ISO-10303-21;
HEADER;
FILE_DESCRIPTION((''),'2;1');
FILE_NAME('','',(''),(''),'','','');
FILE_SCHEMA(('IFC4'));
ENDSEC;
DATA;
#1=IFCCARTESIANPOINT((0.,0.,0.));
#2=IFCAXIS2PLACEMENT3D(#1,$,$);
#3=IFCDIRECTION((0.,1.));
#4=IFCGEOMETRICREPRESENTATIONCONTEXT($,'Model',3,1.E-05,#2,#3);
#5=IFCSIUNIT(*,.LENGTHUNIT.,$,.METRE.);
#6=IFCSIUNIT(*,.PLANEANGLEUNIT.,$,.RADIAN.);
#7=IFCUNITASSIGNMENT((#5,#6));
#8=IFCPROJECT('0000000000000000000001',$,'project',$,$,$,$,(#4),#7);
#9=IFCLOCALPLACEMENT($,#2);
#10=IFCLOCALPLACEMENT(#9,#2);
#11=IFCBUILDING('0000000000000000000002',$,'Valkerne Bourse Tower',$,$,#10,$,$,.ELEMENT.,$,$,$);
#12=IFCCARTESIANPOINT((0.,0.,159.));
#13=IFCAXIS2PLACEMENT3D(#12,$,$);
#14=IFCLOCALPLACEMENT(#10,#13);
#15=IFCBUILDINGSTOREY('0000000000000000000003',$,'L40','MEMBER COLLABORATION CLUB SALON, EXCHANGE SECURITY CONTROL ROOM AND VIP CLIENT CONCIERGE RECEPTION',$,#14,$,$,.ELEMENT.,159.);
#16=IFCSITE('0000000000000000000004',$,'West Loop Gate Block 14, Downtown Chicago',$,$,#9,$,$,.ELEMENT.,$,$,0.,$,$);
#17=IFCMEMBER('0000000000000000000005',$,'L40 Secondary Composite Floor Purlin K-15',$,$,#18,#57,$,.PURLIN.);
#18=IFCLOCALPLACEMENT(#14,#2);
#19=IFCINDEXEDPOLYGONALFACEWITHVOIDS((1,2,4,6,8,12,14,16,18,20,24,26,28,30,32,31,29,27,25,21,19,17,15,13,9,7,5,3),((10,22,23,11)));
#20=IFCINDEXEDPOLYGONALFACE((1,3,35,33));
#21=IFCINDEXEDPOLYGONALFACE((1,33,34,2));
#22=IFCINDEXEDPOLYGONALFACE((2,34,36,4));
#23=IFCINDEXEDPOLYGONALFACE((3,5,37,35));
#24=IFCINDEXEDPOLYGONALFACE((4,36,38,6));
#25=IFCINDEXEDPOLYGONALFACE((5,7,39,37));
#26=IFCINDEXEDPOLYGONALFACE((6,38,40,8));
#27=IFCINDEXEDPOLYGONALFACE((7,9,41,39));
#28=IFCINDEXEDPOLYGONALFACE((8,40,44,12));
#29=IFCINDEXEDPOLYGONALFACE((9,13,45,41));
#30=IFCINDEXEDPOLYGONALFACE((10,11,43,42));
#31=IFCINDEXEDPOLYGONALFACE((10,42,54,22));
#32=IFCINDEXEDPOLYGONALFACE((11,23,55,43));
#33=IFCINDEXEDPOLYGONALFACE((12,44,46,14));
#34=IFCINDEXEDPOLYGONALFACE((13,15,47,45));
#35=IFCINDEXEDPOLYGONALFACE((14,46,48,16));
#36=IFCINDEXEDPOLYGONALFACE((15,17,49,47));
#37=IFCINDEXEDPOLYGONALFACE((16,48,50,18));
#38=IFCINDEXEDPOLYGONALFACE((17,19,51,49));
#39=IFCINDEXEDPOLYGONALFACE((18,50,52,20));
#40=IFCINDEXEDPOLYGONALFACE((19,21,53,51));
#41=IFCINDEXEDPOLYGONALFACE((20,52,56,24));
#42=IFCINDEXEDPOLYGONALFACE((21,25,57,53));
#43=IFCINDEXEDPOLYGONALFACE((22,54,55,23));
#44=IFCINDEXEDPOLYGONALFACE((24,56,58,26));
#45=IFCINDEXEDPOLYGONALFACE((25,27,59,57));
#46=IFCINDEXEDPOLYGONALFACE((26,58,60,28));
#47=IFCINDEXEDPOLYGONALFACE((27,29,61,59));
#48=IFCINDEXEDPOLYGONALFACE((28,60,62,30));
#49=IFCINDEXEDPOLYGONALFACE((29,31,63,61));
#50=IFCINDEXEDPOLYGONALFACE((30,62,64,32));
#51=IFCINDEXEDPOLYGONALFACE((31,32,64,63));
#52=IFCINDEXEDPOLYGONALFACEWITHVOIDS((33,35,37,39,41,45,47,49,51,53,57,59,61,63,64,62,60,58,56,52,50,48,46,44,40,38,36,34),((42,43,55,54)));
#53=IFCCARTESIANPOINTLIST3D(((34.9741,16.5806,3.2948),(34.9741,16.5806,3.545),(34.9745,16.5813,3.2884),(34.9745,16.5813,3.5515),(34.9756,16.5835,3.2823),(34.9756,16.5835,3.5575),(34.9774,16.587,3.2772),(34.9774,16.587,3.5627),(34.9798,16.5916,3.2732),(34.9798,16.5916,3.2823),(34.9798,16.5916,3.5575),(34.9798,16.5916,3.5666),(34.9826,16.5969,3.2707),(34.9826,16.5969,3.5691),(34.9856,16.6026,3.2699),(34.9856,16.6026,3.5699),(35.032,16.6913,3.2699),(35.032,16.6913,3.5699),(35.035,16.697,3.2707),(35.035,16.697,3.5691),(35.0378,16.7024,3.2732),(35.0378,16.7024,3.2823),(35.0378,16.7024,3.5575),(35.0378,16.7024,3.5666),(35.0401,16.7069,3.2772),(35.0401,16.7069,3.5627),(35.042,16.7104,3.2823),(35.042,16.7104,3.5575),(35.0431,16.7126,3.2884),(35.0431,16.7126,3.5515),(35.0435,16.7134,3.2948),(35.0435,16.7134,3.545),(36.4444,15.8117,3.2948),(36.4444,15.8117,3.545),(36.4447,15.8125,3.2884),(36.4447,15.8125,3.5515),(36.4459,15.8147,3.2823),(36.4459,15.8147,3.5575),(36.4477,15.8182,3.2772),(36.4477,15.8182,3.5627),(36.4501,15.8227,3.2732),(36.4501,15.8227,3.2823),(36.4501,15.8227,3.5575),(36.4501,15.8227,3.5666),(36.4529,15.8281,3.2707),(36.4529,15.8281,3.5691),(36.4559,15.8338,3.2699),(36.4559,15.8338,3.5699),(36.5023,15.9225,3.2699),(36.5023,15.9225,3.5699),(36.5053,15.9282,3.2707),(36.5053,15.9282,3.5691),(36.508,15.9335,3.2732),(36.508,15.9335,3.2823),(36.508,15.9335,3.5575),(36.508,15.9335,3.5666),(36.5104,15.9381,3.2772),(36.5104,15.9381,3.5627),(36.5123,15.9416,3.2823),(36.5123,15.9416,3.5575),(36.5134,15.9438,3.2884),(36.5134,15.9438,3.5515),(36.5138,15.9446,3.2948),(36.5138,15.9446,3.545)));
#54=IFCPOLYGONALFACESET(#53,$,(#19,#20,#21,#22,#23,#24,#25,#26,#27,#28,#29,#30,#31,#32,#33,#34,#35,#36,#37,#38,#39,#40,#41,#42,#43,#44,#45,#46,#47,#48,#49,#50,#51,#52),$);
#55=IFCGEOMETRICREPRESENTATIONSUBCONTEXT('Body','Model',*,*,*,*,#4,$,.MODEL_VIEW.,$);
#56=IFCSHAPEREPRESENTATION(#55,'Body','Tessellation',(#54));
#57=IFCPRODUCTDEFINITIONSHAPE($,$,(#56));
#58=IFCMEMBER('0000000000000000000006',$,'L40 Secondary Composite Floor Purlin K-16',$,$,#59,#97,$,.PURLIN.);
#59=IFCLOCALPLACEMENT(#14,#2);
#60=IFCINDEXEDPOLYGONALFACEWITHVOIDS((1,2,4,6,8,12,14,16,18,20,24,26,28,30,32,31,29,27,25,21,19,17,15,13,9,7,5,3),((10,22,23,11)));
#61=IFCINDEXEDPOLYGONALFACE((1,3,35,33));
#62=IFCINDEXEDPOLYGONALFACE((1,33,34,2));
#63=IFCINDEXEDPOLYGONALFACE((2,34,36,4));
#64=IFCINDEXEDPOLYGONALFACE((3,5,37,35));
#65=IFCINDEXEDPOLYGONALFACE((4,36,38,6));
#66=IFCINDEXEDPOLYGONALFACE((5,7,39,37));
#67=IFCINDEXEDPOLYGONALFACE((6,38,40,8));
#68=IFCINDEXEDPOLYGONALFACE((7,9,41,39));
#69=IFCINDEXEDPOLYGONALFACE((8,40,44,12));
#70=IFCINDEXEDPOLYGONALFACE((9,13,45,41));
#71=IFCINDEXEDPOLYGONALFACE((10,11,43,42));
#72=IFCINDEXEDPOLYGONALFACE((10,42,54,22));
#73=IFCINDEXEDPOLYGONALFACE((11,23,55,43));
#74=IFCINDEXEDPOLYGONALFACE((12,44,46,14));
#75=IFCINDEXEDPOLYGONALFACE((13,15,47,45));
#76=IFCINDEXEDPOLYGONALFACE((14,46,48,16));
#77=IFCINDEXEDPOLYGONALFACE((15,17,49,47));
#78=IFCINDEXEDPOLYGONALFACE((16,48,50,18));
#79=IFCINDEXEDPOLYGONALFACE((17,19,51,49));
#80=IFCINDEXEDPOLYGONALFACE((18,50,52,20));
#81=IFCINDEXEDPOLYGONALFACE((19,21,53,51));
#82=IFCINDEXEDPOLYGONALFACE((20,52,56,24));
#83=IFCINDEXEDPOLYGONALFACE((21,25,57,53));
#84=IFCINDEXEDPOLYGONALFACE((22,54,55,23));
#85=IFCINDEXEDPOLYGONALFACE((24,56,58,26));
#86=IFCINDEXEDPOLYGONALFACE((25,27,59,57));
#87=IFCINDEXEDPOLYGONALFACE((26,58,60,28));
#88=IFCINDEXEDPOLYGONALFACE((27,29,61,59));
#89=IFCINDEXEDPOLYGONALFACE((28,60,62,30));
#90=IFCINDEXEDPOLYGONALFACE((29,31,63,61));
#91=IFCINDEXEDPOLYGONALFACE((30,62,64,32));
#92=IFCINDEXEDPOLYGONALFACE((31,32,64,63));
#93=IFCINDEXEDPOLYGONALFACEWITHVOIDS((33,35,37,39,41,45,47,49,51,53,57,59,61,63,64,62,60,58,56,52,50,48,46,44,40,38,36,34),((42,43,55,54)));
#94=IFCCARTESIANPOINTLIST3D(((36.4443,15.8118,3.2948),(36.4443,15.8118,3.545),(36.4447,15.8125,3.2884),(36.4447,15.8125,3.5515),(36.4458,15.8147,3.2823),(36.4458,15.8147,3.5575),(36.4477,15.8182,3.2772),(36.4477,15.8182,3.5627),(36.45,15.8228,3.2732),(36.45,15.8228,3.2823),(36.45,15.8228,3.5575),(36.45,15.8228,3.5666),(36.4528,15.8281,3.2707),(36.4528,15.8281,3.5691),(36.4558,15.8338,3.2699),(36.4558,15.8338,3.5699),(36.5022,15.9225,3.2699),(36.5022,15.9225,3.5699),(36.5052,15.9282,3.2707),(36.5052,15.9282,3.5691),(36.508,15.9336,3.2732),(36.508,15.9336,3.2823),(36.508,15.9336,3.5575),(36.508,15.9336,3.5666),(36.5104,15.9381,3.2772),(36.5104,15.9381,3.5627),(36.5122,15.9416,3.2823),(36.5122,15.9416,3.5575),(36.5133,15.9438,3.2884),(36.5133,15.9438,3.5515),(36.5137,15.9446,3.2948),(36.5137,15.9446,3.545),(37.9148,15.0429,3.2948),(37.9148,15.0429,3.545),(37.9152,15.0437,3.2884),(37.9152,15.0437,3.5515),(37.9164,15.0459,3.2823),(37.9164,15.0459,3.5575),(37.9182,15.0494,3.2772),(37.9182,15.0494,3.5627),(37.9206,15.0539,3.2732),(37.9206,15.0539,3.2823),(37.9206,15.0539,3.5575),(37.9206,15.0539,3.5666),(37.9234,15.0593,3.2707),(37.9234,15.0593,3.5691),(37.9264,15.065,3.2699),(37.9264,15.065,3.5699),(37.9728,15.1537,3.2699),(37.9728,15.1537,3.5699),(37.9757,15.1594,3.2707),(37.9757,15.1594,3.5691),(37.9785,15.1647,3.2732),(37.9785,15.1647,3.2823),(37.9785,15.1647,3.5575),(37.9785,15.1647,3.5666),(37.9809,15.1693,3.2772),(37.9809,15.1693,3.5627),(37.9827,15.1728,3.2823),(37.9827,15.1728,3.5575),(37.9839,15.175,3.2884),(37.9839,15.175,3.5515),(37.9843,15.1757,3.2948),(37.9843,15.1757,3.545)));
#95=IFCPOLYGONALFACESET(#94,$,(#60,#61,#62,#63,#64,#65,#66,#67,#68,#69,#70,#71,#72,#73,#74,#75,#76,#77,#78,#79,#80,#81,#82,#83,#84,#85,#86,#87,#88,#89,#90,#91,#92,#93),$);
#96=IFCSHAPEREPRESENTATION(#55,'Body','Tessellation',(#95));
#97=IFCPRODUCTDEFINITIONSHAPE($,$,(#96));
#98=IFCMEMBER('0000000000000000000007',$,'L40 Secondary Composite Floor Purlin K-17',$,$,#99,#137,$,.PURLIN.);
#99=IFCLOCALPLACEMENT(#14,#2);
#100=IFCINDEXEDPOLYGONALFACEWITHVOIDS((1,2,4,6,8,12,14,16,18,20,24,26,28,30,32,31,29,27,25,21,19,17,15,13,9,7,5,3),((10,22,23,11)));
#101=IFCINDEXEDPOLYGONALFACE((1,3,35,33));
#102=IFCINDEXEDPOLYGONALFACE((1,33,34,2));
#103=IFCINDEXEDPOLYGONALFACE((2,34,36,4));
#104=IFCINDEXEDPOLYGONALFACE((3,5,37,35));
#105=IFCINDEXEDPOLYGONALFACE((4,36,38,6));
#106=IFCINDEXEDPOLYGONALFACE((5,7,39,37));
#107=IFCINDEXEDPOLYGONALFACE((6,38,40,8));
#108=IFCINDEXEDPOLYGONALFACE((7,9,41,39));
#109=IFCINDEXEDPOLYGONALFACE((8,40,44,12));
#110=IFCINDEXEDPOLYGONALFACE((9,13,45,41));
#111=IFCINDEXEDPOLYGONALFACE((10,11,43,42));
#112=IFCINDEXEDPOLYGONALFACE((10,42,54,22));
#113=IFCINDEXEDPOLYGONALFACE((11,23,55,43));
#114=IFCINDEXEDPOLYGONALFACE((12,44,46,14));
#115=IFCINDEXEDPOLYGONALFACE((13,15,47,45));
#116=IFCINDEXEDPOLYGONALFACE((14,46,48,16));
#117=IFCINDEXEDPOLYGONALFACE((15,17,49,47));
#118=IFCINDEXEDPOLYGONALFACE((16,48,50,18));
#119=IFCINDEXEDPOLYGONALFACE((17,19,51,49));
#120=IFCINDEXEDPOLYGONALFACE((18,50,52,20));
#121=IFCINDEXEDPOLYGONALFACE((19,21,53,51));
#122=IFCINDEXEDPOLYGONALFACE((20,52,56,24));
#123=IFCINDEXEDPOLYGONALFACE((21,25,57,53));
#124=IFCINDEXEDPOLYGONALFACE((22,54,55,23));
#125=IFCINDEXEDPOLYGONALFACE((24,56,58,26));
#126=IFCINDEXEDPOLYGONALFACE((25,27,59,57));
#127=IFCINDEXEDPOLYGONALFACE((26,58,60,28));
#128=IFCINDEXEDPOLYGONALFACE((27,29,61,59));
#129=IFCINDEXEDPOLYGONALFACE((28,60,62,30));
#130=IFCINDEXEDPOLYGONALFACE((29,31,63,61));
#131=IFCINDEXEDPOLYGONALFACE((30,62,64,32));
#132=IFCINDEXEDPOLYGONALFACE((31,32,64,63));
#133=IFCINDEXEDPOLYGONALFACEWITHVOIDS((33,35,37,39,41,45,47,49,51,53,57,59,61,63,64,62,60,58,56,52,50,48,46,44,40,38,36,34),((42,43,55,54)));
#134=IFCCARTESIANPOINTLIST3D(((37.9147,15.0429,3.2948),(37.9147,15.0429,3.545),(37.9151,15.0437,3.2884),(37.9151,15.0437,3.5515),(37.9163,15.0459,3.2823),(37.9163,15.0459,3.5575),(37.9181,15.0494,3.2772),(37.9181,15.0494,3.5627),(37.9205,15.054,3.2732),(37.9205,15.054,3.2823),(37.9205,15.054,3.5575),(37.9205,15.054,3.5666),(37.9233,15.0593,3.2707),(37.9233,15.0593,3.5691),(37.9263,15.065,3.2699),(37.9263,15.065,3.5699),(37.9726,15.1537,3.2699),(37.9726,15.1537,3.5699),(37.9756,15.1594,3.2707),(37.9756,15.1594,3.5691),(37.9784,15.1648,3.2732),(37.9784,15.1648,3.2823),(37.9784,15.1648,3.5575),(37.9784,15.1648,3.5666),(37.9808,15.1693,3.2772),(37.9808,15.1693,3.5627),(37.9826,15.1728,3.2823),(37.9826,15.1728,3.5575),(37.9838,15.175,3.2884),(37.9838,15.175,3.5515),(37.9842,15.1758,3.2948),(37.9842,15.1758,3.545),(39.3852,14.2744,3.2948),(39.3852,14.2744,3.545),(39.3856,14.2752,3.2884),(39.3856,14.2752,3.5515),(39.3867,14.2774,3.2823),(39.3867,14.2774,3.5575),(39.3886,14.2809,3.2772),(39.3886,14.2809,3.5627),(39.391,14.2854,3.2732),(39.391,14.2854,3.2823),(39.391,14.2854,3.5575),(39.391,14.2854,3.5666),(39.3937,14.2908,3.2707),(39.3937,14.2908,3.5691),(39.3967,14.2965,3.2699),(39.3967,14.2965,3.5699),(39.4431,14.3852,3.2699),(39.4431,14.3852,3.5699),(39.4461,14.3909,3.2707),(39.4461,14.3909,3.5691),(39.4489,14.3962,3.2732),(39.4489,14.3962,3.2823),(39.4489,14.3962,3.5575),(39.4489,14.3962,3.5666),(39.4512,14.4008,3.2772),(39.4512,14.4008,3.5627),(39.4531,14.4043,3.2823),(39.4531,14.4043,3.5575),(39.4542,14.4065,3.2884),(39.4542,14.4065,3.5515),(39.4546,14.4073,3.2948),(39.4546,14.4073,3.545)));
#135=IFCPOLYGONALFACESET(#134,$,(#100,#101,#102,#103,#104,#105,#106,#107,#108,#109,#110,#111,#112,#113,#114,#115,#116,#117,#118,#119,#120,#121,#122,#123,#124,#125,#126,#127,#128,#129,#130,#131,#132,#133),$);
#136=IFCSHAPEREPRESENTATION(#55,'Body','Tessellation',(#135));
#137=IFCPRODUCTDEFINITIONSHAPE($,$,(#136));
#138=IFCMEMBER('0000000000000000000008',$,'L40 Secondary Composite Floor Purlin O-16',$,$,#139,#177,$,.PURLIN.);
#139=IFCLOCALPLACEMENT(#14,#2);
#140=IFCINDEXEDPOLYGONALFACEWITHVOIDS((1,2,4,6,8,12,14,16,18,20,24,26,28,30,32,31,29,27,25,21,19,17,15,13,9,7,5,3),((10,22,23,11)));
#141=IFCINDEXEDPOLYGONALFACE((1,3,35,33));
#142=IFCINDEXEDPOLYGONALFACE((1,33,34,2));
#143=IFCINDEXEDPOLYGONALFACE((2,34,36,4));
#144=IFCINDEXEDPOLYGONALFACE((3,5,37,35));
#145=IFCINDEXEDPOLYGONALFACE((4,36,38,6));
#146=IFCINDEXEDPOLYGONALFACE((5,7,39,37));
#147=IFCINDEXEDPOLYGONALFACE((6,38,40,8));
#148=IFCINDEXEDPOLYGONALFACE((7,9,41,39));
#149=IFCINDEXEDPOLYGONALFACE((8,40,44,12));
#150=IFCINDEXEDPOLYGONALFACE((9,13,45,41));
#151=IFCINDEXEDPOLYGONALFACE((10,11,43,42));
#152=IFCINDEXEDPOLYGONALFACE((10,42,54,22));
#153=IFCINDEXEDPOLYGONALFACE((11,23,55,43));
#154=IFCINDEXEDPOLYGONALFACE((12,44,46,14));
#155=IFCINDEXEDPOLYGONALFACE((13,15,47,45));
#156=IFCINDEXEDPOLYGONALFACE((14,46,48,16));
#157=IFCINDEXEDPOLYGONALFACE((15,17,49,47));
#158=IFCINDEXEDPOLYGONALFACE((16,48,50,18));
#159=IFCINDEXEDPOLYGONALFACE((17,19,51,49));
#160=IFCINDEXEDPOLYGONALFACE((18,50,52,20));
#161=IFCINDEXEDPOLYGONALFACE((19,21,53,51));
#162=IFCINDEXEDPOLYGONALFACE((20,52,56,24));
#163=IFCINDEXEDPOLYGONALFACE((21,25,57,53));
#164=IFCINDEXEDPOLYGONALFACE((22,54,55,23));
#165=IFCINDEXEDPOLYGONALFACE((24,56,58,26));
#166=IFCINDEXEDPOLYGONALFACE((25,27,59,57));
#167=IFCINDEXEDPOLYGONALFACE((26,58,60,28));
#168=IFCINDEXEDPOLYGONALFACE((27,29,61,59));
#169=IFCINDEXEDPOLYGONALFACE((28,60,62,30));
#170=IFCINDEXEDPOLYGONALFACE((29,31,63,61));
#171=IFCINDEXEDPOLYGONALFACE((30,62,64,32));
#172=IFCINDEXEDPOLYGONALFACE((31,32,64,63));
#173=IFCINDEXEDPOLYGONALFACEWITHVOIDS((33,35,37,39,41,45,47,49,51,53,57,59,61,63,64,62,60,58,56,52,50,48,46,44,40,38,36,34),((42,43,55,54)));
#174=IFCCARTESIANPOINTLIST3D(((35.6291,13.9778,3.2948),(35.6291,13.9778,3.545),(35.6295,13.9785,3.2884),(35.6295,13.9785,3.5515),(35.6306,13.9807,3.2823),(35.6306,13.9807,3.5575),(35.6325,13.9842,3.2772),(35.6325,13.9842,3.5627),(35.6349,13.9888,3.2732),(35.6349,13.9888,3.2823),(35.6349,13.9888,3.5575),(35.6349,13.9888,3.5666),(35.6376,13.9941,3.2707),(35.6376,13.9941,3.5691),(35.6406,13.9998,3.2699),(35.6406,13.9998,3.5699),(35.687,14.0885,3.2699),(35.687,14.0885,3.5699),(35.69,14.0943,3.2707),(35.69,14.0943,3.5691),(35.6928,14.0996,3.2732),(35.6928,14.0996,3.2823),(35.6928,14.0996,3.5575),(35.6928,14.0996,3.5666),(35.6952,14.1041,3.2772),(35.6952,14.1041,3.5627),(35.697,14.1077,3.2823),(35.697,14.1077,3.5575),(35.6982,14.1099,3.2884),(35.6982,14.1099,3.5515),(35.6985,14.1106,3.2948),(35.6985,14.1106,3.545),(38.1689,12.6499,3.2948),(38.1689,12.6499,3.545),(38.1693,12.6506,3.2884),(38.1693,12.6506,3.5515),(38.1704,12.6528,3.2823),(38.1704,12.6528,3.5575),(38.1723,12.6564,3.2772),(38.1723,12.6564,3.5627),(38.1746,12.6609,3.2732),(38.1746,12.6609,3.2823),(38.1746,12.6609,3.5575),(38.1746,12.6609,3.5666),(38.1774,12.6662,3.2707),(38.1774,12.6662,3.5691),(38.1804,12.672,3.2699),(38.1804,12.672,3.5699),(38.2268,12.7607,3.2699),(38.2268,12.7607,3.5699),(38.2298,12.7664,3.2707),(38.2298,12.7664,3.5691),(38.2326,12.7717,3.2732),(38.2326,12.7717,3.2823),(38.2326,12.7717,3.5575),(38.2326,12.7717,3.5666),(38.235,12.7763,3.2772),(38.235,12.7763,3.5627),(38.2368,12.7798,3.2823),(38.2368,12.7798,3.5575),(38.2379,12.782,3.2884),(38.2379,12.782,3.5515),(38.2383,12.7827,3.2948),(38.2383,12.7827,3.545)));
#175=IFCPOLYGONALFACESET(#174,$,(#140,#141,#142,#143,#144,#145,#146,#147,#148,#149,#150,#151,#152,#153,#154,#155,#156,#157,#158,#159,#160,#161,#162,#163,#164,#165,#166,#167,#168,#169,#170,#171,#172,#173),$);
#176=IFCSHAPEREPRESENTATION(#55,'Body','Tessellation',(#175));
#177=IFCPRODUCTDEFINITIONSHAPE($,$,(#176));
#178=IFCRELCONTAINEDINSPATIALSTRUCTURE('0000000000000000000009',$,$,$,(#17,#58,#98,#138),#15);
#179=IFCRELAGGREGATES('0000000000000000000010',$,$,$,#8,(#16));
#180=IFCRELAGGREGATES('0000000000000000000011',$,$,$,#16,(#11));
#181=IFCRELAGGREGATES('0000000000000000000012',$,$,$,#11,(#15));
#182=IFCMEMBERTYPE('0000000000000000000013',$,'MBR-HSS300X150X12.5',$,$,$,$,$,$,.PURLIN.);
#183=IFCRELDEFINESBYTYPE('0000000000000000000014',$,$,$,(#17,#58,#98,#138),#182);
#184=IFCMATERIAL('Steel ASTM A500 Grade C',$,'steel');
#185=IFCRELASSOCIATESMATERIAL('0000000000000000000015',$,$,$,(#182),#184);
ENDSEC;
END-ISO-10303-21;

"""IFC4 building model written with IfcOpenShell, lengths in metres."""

from ifc_helpers import new_model, si_unit, direction, frame, origin, origin_2d, place, context, subcontext, project, spatial, hollow_rectangle, extrude, material, material_profile, profile_set, type_object, element, save


model = new_model("IFC4")

# Units and contexts
model_context = context("Model", 3, precision=1e-05, world=origin(), true_north=direction((0.0, 1.0)))
body_context = subcontext(model_context, "Body", "Model", "MODEL_VIEW")
ifc_project = project(units=[si_unit("LENGTHUNIT", "METRE"), si_unit("PLANEANGLEUNIT", "RADIAN")], contexts=[model_context])

# Site, building, storey
site_placement = place(None, origin())
site = spatial("IfcSite", under=ifc_project, at=site_placement, Name="West Loop Gate Block 14, Downtown Chicago", CompositionType="ELEMENT", RefElevation=0.0)
building_placement = place(site_placement, origin())
building = spatial("IfcBuilding", under=site, at=building_placement, Name="Valkerne Bourse Tower", CompositionType="ELEMENT")
storey_placement = place(building_placement, frame((0.0, 0.0, 159.0)))
storey = spatial("IfcBuildingStorey", under=building, at=storey_placement, Name="L40", Description="MEMBER COLLABORATION CLUB SALON, EXCHANGE SECURITY CONTROL ROOM AND VIP CLIENT CONCIERGE RECEPTION", CompositionType="ELEMENT", Elevation=159.0)

# Members
ifc_material_1 = material(Name="Steel ASTM A500 Grade C", Category="steel")
ifc_material_profile_1 = material_profile(ifc_material_1, hollow_rectangle(XDim=0.1499, YDim=0.3, WallThickness=0.0125, OuterFilletRadius=0.0249, at=origin_2d()), Name="HSS300X150X12.5")
ifc_profile_set_1 = profile_set([ifc_material_profile_1], Name="Steel ASTM A500 Grade C")
member_type_1 = type_object("IfcMemberType", Name="MBR-HSS300X150X12.5", PredefinedType="PURLIN", material=ifc_profile_set_1)
member_1_placement = place(storey_placement, frame((35.0088, 16.647, 3.4199), z_axis=(0.886157, -0.463386, 0.0), x_axis=(0.463386, 0.886157, 0.0)))
element("IfcMember", 1, at=member_1_placement, inside=storey, type_object=member_type_1, Name="L40 Secondary Composite Floor Purlin K-15", PredefinedType="PURLIN", context=body_context, shape_type="SweptSolid", body=[
    extrude(hollow_rectangle(XDim=0.1499, YDim=0.3, WallThickness=0.0125, OuterFilletRadius=0.0249, at=origin_2d()), origin(), (0.0, 0.0, 1.0), 1.6592),
])
member_2_placement = place(storey_placement, frame((36.479, 15.8782, 3.4199), z_axis=(0.886188, -0.463325, 0.0), x_axis=(0.463325, 0.886188, 0.0)))
element("IfcMember", 2, at=member_2_placement, inside=storey, type_object=member_type_1, Name="L40 Secondary Composite Floor Purlin K-16", PredefinedType="PURLIN", context=body_context, shape_type="SweptSolid", body=[
    extrude(hollow_rectangle(XDim=0.1499, YDim=0.3, WallThickness=0.0125, OuterFilletRadius=0.0249, at=origin_2d()), origin(), (0.0, 0.0, 1.0), 1.6594),
])
member_3_placement = place(storey_placement, frame((37.9495, 15.1094, 3.4199), z_axis=(0.886249, -0.46321, 0.0), x_axis=(0.46321, 0.886249, 0.0)))
element("IfcMember", 3, at=member_3_placement, inside=storey, type_object=member_type_1, Name="L40 Secondary Composite Floor Purlin K-17", PredefinedType="PURLIN", context=body_context, shape_type="SweptSolid", body=[
    extrude(hollow_rectangle(XDim=0.1499, YDim=0.3, WallThickness=0.0125, OuterFilletRadius=0.0249, at=origin_2d()), origin(), (0.0, 0.0, 1.0), 1.6592),
])
for number, where, z_axis, x_axis, name in (
    (4, (35.6638, 14.0442, 3.4199), (0.886188, -0.463326, 0.0), (0.463326, 0.886188, 0.0), "L40 Secondary Composite Floor Purlin O-16"),
):
    element("IfcMember", number, at=place(storey_placement, frame(where, z_axis=z_axis, x_axis=x_axis)), inside=storey, type_object=member_type_1, Name=name, PredefinedType="PURLIN", context=body_context, shape_type="SweptSolid", body=[
        extrude(hollow_rectangle(XDim=0.1499, YDim=0.3, WallThickness=0.0125, OuterFilletRadius=0.0249, at=origin_2d()), origin(), (0.0, 0.0, 1.0), 2.866),
    ])

save(model, "model.ifc")
